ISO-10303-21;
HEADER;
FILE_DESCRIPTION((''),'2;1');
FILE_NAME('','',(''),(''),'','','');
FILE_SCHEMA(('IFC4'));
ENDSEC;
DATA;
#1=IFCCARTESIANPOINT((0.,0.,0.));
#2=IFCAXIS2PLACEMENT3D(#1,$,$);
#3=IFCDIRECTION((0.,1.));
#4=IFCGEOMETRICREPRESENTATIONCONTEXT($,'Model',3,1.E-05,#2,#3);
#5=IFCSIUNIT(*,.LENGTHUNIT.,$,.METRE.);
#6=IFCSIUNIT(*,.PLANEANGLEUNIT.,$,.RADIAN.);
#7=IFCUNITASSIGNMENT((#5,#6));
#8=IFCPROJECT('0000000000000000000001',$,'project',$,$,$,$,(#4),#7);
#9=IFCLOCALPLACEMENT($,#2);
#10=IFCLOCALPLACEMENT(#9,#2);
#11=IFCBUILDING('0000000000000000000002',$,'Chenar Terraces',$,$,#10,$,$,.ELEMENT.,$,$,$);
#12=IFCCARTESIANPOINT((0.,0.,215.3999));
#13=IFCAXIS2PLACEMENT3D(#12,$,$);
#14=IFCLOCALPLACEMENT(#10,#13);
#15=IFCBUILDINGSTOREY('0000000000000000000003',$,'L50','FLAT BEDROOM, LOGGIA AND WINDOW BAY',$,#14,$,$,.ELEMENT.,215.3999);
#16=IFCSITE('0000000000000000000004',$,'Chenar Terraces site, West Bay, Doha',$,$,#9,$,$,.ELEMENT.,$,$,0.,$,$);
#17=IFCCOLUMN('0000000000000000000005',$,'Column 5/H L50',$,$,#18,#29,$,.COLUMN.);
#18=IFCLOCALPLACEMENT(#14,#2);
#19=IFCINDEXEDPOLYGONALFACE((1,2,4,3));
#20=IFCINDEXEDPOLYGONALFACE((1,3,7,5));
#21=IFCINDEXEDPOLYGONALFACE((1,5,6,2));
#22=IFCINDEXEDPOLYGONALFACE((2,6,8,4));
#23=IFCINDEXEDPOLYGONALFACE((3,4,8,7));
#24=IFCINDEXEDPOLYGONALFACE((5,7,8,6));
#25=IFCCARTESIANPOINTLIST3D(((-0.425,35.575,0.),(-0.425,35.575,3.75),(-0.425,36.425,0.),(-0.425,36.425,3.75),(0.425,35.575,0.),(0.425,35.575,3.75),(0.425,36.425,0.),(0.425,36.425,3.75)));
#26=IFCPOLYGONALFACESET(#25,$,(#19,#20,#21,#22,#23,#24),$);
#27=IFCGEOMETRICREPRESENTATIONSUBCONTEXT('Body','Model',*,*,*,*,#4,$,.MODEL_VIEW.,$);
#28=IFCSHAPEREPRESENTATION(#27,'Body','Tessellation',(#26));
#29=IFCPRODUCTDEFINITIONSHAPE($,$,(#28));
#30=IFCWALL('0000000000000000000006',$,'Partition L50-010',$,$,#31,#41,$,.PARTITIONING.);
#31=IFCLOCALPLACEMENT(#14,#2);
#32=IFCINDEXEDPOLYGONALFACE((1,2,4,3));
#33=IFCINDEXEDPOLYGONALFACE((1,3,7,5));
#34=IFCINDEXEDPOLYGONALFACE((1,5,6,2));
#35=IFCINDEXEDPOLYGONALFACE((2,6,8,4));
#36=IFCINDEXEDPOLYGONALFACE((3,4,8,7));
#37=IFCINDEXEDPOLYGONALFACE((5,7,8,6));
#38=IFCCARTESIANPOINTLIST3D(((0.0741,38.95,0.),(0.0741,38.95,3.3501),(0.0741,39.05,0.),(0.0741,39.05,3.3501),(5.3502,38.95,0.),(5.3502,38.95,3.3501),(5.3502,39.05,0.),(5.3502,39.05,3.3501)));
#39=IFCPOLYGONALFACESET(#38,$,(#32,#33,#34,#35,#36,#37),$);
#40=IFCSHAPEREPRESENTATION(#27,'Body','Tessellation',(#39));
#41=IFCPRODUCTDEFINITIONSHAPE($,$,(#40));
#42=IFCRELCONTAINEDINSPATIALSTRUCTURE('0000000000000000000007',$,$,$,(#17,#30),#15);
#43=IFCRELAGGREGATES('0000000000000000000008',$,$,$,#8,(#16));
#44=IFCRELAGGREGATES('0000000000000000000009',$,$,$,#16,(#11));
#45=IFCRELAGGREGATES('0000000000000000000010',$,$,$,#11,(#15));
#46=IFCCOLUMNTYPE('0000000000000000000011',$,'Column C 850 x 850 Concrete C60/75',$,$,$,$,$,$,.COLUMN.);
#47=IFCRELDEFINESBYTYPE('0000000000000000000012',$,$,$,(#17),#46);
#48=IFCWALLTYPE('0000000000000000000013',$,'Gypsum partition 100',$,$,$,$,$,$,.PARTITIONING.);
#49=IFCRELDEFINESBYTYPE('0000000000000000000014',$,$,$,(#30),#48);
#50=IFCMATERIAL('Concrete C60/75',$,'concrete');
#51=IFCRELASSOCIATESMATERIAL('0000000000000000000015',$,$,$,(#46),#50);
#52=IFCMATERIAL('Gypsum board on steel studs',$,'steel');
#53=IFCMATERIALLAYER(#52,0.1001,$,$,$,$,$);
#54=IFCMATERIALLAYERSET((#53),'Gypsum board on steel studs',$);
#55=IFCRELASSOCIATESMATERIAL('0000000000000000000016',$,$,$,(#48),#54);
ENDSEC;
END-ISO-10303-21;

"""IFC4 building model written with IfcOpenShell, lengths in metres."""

from ifc_helpers import new_model, si_unit, direction, frame, frame_2d, origin, origin_2d, place, context, subcontext, project, spatial, rectangle, extrude, material, layer, layer_set, material_profile, profile_set, type_object, element, save


model = new_model("IFC4")

# Units and contexts
model_context = context("Model", 3, precision=1e-05, world=origin(), true_north=direction((0.0, 1.0)))
body_context = subcontext(model_context, "Body", "Model", "MODEL_VIEW")
ifc_project = project(units=[si_unit("LENGTHUNIT", "METRE"), si_unit("PLANEANGLEUNIT", "RADIAN")], contexts=[model_context])

# Site, building, storey
site_placement = place(None, origin())
site = spatial("IfcSite", under=ifc_project, at=site_placement, Name="Chenar Terraces site, West Bay, Doha", CompositionType="ELEMENT", RefElevation=0.0)
building_placement = place(site_placement, origin())
building = spatial("IfcBuilding", under=site, at=building_placement, Name="Chenar Terraces", CompositionType="ELEMENT")
storey_placement = place(building_placement, frame((0.0, 0.0, 215.3999)))
storey = spatial("IfcBuildingStorey", under=building, at=storey_placement, Name="L50", Description="FLAT BEDROOM, LOGGIA AND WINDOW BAY", CompositionType="ELEMENT", Elevation=215.3999)

# Column
ifc_material_1 = material(Name="Concrete C60/75", Category="concrete")
ifc_material_profile = material_profile(ifc_material_1, rectangle(XDim=0.8501, YDim=0.8501, at=origin_2d()), Name="C 850 x 850")
ifc_profile_set = profile_set([ifc_material_profile], Name="Concrete C60/75")
column_type = type_object("IfcColumnType", Name="Column C 850 x 850 Concrete C60/75", PredefinedType="COLUMN", material=ifc_profile_set)
placement = place(storey_placement, frame((0.0, 36.0, 0.0), z_axis=(0.0, 0.0, 1.0), x_axis=(1.0, 0.0, 0.0)))
element("IfcColumn", 1, at=placement, inside=storey, type_object=column_type, Name="Column 5/H L50", PredefinedType="COLUMN", context=body_context, shape_type="SweptSolid", body=[
    extrude(rectangle(XDim=0.8501, YDim=0.8501, at=origin_2d()), origin(), (0.0, 0.0, 1.0), 3.75),
])

# Wall
ifc_material_2 = material(Name="Gypsum board on steel studs", Category="steel")
ifc_layer_1 = layer(ifc_material_2, 0.1001)
ifc_layer_set_1 = layer_set([ifc_layer_1], Name="Gypsum board on steel studs")
wall_type_1 = type_object("IfcWallType", Name="Gypsum partition 100", PredefinedType="PARTITIONING", material=ifc_layer_set_1)
wall_1_placement = place(storey_placement, frame((0.074, 39.0, 0.0), z_axis=(0.0, 0.0, 1.0), x_axis=(1.0, 0.0, 0.0)))
element("IfcWall", 2, at=wall_1_placement, inside=storey, type_object=wall_type_1, Name="Partition L50-010", PredefinedType="PARTITIONING", context=body_context, shape_type="SweptSolid", body=[
    extrude(rectangle(XDim=5.2761, YDim=0.1001, at=frame_2d((2.6382, 0.0))), origin(), (0.0, 0.0, 1.0), 3.3501),
])

save(model, "model.ifc")
